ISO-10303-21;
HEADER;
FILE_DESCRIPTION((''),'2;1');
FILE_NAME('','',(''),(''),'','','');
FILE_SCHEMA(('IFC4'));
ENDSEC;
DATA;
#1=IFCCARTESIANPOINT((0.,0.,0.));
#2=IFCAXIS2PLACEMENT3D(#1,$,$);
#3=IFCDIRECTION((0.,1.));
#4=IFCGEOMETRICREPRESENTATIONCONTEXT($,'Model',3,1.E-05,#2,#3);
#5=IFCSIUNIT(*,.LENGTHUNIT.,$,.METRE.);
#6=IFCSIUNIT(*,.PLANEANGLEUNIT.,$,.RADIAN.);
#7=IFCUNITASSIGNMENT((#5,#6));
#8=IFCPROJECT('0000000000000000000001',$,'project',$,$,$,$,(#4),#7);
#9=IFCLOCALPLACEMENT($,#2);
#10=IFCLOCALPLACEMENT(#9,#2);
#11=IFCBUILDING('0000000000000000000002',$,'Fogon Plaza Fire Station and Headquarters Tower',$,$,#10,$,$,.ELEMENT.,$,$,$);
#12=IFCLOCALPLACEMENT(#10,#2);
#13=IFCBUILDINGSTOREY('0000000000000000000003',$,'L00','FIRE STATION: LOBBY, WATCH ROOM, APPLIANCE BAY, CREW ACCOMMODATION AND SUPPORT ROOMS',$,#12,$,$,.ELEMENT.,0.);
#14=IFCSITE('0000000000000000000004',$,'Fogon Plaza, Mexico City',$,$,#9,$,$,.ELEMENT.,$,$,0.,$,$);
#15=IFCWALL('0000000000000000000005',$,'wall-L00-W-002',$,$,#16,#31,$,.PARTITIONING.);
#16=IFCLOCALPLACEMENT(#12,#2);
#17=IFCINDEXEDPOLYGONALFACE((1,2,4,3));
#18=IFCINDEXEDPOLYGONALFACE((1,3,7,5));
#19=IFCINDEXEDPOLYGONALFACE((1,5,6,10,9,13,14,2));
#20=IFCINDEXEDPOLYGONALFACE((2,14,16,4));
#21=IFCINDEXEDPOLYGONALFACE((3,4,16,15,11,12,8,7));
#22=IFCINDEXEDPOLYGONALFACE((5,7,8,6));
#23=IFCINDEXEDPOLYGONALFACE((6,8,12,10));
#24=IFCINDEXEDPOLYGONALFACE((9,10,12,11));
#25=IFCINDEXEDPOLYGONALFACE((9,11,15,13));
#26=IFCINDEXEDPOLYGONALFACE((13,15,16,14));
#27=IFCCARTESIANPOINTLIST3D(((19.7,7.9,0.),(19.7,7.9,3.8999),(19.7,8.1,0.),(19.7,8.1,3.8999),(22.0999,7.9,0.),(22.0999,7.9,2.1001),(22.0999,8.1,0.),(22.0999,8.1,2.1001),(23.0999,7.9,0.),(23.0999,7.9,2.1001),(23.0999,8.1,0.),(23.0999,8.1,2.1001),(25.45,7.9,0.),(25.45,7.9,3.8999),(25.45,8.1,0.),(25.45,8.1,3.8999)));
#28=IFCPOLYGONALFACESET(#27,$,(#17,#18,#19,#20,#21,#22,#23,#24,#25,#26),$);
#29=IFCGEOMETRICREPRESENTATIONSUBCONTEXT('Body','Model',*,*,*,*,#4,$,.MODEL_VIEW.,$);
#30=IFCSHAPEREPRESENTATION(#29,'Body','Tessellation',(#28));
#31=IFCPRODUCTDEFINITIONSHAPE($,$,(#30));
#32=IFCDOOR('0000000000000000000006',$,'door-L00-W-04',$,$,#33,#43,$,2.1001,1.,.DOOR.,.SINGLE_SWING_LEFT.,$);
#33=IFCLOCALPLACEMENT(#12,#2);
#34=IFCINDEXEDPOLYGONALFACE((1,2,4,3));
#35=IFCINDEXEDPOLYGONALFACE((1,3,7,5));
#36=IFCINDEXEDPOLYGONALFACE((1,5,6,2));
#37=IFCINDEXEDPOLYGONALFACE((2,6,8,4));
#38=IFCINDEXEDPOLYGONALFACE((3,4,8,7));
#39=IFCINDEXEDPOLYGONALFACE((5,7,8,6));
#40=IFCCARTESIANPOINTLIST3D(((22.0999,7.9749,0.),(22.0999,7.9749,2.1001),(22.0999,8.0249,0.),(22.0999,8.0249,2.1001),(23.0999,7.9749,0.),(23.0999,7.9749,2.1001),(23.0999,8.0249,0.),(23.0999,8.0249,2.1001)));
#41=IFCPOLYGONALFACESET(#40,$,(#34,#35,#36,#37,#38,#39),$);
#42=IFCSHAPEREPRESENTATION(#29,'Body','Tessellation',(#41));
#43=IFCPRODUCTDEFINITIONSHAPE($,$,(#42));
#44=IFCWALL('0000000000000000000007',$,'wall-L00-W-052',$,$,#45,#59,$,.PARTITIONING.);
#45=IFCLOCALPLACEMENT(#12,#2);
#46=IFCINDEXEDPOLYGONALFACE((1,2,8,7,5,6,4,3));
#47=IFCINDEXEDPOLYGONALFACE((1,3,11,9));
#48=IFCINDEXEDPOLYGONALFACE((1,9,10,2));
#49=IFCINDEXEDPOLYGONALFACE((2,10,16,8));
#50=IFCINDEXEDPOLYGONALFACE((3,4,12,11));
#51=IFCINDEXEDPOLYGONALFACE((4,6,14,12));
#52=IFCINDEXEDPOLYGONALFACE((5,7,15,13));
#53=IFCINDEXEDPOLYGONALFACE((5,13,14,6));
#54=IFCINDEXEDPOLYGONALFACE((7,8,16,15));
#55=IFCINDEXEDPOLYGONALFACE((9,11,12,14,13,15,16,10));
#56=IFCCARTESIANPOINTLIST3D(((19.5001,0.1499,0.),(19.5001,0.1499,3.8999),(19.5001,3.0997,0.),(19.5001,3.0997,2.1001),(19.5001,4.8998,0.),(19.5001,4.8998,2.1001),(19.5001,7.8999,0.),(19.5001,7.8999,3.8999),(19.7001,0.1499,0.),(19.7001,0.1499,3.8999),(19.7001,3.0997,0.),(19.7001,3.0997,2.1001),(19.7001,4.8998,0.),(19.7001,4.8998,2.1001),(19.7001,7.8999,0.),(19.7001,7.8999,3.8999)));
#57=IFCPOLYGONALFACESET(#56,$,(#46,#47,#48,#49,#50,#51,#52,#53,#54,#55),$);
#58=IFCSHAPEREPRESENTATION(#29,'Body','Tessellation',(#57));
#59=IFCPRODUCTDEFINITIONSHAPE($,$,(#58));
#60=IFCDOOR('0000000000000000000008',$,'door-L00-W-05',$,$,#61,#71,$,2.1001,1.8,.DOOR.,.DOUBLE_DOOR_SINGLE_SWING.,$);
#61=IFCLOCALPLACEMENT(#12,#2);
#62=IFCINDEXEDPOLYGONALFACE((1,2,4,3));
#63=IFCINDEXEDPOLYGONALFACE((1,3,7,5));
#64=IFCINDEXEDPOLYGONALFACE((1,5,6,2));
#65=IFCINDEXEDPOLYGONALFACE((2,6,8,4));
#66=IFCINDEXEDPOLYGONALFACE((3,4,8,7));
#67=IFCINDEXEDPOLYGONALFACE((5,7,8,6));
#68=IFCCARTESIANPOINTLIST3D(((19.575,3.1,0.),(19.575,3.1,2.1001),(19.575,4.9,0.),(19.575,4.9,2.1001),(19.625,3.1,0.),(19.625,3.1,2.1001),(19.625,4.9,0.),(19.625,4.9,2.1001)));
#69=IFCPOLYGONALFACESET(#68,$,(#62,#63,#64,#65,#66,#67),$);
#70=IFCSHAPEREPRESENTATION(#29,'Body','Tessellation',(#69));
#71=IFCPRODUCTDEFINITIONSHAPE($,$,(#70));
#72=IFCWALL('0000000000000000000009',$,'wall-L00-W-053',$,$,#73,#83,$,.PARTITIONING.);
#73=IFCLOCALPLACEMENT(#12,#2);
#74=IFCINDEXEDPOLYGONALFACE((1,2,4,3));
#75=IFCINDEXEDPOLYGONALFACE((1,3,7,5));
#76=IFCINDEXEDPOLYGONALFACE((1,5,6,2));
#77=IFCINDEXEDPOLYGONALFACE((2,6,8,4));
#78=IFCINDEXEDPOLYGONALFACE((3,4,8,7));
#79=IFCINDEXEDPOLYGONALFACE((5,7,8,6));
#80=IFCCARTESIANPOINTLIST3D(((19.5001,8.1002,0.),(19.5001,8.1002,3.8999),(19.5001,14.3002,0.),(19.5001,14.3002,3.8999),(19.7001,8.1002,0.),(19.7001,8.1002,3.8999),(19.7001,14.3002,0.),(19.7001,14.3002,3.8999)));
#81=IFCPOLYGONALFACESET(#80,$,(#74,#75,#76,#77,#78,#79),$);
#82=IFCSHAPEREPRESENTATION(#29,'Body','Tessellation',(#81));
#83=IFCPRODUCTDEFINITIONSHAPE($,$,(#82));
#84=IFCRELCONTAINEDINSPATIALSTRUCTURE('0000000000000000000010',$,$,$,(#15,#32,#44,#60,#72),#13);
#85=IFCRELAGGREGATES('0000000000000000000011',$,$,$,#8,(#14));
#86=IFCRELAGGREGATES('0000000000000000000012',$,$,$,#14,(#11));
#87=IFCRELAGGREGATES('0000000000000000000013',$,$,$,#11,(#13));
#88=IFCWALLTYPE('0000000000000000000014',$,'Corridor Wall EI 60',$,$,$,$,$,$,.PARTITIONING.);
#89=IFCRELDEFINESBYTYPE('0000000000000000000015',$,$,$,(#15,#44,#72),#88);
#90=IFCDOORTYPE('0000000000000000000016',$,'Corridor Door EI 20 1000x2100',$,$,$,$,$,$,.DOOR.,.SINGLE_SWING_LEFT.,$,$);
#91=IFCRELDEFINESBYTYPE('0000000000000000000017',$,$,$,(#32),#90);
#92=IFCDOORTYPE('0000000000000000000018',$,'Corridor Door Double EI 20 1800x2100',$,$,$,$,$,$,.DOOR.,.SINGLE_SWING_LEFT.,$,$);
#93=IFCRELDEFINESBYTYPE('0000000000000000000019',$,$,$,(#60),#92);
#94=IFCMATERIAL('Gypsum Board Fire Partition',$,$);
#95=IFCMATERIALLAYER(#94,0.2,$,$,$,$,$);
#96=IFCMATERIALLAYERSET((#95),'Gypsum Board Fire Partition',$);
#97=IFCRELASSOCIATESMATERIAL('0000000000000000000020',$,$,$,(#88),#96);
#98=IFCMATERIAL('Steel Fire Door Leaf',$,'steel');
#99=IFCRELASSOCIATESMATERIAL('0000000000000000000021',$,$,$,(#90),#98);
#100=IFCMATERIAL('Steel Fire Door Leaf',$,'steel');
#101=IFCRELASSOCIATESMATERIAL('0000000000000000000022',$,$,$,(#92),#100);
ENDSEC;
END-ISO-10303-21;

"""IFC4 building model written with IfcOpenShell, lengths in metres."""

from ifc_helpers import new_model, si_unit, direction, frame, frame_2d, origin, place, context, subcontext, project, spatial, rectangle, extrude, material, layer, layer_set, type_object, element, fill, save


model = new_model("IFC4")

# Units and contexts
model_context = context("Model", 3, precision=1e-05, world=origin(), true_north=direction((0.0, 1.0)))
body_context = subcontext(model_context, "Body", "Model", "MODEL_VIEW")
ifc_project = project(units=[si_unit("LENGTHUNIT", "METRE"), si_unit("PLANEANGLEUNIT", "RADIAN")], contexts=[model_context])

# Site, building, storey
site_placement = place(None, origin())
site = spatial("IfcSite", under=ifc_project, at=site_placement, Name="Fogon Plaza, Mexico City", CompositionType="ELEMENT", RefElevation=0.0)
building_placement = place(site_placement, origin())
building = spatial("IfcBuilding", under=site, at=building_placement, Name="Fogon Plaza Fire Station and Headquarters Tower", CompositionType="ELEMENT")
storey_placement = place(building_placement, origin())
storey = spatial("IfcBuildingStorey", under=building, at=storey_placement, Name="L00", Description="FIRE STATION: LOBBY, WATCH ROOM, APPLIANCE BAY, CREW ACCOMMODATION AND SUPPORT ROOMS", CompositionType="ELEMENT", Elevation=0.0)

# Walls, openings, doors
ifc_material_1 = material(Name="Gypsum Board Fire Partition")
ifc_layer_1 = layer(ifc_material_1, 0.2)
ifc_layer_set_1 = layer_set([ifc_layer_1], Name="Gypsum Board Fire Partition")
wall_type_1 = type_object("IfcWallType", Name="Corridor Wall EI 60", PredefinedType="PARTITIONING", material=ifc_layer_set_1)
wall_1_placement = place(storey_placement, frame((19.7, 8.0, 0.0), z_axis=(0.0, 0.0, 1.0), x_axis=(1.0, 0.0, 0.0)))
wall_1 = element("IfcWall", 1, at=wall_1_placement, inside=storey, type_object=wall_type_1, Name="wall-L00-W-002", PredefinedType="PARTITIONING", context=body_context, shape_type="SweptSolid", body=[
    extrude(rectangle(XDim=5.75, YDim=0.2, at=frame_2d((2.875, 0.0))), origin(), (0.0, 0.0, 1.0), 3.8999),
])
opening_1_placement = place(wall_1_placement, frame((2.3999, 0.0, 0.0)))
opening_1 = element("IfcOpeningElement", 2, at=opening_1_placement, cuts=wall_1, PredefinedType="OPENING", context=body_context, shape_type="SweptSolid", body=[
    extrude(rectangle(XDim=1.0, YDim=2.1001, at=frame_2d((0.5, 1.05))), frame((0.0, 0.1099, 0.0), z_axis=(0.0, -1.0, 0.0), x_axis=(1.0, 0.0, 0.0)), (0.0, 0.0, 1.0), 0.22),
])
ifc_material_2 = material(Name="Steel Fire Door Leaf", Category="steel")
door_type_1 = type_object("IfcDoorType", Name="Corridor Door EI 20 1000x2100", OperationType="SINGLE_SWING_LEFT", PredefinedType="DOOR", material=ifc_material_2)
door_1_placement = place(opening_1_placement, origin())
door_1 = element("IfcDoor", 3, at=door_1_placement, inside=storey, type_object=door_type_1, Name="door-L00-W-04", OperationType="SINGLE_SWING_LEFT", OverallHeight=2.1001, OverallWidth=1.0, PredefinedType="DOOR", context=body_context, shape_type="SweptSolid", body=[
    extrude(rectangle(XDim=1.0, YDim=2.1001, at=frame_2d((0.5, 1.05))), frame((0.0, 0.0249, 0.0), z_axis=(0.0, -1.0, 0.0), x_axis=(1.0, 0.0, 0.0)), (0.0, 0.0, 1.0), 0.05),
])
fill(opening_1, door_1)
wall_2_placement = place(storey_placement, frame((19.6001, 0.1499, 0.0), z_axis=(0.0, 0.0, 1.0), x_axis=(0.0, 1.0, 0.0)))
wall_2 = element("IfcWall", 4, at=wall_2_placement, inside=storey, type_object=wall_type_1, Name="wall-L00-W-052", PredefinedType="PARTITIONING", context=body_context, shape_type="SweptSolid", body=[
    extrude(rectangle(XDim=7.75, YDim=0.2, at=frame_2d((3.875, 0.0))), origin(), (0.0, 0.0, 1.0), 3.8999),
])
opening_2_placement = place(wall_2_placement, frame((2.95, 0.0, 0.0)))
opening_2 = element("IfcOpeningElement", 5, at=opening_2_placement, cuts=wall_2, PredefinedType="OPENING", context=body_context, shape_type="SweptSolid", body=[
    extrude(rectangle(XDim=1.8, YDim=2.1001, at=frame_2d((0.8999, 1.05))), frame((0.0, 0.1099, 0.0), z_axis=(0.0, -1.0, 0.0), x_axis=(1.0, 0.0, 0.0)), (0.0, 0.0, 1.0), 0.22),
])
ifc_material_3 = material(Name="Steel Fire Door Leaf", Category="steel")
door_type_2 = type_object("IfcDoorType", Name="Corridor Door Double EI 20 1800x2100", OperationType="SINGLE_SWING_LEFT", PredefinedType="DOOR", material=ifc_material_3)
door_2_placement = place(opening_2_placement, frame((1.8, 0.0, 0.0), z_axis=(0.0, 0.0, 1.0), x_axis=(-1.0, 0.0, 0.0)))
door_2 = element("IfcDoor", 6, at=door_2_placement, inside=storey, type_object=door_type_2, Name="door-L00-W-05", OperationType="DOUBLE_DOOR_SINGLE_SWING", OverallHeight=2.1001, OverallWidth=1.8, PredefinedType="DOOR", context=body_context, shape_type="SweptSolid", body=[
    extrude(rectangle(XDim=1.8, YDim=2.1001, at=frame_2d((0.8999, 1.05))), frame((0.0, 0.0249, 0.0), z_axis=(0.0, -1.0, 0.0), x_axis=(1.0, 0.0, 0.0)), (0.0, 0.0, 1.0), 0.05),
])
fill(opening_2, door_2)

# Wall
wall_3_placement = place(storey_placement, frame((19.6001, 8.1001, 0.0), z_axis=(0.0, 0.0, 1.0), x_axis=(0.0, 1.0, 0.0)))
element("IfcWall", 7, at=wall_3_placement, inside=storey, type_object=wall_type_1, Name="wall-L00-W-053", PredefinedType="PARTITIONING", context=body_context, shape_type="SweptSolid", body=[
    extrude(rectangle(XDim=6.2, YDim=0.2, at=frame_2d((3.1001, 0.0))), origin(), (0.0, 0.0, 1.0), 3.8999),
])

save(model, "model.ifc")
